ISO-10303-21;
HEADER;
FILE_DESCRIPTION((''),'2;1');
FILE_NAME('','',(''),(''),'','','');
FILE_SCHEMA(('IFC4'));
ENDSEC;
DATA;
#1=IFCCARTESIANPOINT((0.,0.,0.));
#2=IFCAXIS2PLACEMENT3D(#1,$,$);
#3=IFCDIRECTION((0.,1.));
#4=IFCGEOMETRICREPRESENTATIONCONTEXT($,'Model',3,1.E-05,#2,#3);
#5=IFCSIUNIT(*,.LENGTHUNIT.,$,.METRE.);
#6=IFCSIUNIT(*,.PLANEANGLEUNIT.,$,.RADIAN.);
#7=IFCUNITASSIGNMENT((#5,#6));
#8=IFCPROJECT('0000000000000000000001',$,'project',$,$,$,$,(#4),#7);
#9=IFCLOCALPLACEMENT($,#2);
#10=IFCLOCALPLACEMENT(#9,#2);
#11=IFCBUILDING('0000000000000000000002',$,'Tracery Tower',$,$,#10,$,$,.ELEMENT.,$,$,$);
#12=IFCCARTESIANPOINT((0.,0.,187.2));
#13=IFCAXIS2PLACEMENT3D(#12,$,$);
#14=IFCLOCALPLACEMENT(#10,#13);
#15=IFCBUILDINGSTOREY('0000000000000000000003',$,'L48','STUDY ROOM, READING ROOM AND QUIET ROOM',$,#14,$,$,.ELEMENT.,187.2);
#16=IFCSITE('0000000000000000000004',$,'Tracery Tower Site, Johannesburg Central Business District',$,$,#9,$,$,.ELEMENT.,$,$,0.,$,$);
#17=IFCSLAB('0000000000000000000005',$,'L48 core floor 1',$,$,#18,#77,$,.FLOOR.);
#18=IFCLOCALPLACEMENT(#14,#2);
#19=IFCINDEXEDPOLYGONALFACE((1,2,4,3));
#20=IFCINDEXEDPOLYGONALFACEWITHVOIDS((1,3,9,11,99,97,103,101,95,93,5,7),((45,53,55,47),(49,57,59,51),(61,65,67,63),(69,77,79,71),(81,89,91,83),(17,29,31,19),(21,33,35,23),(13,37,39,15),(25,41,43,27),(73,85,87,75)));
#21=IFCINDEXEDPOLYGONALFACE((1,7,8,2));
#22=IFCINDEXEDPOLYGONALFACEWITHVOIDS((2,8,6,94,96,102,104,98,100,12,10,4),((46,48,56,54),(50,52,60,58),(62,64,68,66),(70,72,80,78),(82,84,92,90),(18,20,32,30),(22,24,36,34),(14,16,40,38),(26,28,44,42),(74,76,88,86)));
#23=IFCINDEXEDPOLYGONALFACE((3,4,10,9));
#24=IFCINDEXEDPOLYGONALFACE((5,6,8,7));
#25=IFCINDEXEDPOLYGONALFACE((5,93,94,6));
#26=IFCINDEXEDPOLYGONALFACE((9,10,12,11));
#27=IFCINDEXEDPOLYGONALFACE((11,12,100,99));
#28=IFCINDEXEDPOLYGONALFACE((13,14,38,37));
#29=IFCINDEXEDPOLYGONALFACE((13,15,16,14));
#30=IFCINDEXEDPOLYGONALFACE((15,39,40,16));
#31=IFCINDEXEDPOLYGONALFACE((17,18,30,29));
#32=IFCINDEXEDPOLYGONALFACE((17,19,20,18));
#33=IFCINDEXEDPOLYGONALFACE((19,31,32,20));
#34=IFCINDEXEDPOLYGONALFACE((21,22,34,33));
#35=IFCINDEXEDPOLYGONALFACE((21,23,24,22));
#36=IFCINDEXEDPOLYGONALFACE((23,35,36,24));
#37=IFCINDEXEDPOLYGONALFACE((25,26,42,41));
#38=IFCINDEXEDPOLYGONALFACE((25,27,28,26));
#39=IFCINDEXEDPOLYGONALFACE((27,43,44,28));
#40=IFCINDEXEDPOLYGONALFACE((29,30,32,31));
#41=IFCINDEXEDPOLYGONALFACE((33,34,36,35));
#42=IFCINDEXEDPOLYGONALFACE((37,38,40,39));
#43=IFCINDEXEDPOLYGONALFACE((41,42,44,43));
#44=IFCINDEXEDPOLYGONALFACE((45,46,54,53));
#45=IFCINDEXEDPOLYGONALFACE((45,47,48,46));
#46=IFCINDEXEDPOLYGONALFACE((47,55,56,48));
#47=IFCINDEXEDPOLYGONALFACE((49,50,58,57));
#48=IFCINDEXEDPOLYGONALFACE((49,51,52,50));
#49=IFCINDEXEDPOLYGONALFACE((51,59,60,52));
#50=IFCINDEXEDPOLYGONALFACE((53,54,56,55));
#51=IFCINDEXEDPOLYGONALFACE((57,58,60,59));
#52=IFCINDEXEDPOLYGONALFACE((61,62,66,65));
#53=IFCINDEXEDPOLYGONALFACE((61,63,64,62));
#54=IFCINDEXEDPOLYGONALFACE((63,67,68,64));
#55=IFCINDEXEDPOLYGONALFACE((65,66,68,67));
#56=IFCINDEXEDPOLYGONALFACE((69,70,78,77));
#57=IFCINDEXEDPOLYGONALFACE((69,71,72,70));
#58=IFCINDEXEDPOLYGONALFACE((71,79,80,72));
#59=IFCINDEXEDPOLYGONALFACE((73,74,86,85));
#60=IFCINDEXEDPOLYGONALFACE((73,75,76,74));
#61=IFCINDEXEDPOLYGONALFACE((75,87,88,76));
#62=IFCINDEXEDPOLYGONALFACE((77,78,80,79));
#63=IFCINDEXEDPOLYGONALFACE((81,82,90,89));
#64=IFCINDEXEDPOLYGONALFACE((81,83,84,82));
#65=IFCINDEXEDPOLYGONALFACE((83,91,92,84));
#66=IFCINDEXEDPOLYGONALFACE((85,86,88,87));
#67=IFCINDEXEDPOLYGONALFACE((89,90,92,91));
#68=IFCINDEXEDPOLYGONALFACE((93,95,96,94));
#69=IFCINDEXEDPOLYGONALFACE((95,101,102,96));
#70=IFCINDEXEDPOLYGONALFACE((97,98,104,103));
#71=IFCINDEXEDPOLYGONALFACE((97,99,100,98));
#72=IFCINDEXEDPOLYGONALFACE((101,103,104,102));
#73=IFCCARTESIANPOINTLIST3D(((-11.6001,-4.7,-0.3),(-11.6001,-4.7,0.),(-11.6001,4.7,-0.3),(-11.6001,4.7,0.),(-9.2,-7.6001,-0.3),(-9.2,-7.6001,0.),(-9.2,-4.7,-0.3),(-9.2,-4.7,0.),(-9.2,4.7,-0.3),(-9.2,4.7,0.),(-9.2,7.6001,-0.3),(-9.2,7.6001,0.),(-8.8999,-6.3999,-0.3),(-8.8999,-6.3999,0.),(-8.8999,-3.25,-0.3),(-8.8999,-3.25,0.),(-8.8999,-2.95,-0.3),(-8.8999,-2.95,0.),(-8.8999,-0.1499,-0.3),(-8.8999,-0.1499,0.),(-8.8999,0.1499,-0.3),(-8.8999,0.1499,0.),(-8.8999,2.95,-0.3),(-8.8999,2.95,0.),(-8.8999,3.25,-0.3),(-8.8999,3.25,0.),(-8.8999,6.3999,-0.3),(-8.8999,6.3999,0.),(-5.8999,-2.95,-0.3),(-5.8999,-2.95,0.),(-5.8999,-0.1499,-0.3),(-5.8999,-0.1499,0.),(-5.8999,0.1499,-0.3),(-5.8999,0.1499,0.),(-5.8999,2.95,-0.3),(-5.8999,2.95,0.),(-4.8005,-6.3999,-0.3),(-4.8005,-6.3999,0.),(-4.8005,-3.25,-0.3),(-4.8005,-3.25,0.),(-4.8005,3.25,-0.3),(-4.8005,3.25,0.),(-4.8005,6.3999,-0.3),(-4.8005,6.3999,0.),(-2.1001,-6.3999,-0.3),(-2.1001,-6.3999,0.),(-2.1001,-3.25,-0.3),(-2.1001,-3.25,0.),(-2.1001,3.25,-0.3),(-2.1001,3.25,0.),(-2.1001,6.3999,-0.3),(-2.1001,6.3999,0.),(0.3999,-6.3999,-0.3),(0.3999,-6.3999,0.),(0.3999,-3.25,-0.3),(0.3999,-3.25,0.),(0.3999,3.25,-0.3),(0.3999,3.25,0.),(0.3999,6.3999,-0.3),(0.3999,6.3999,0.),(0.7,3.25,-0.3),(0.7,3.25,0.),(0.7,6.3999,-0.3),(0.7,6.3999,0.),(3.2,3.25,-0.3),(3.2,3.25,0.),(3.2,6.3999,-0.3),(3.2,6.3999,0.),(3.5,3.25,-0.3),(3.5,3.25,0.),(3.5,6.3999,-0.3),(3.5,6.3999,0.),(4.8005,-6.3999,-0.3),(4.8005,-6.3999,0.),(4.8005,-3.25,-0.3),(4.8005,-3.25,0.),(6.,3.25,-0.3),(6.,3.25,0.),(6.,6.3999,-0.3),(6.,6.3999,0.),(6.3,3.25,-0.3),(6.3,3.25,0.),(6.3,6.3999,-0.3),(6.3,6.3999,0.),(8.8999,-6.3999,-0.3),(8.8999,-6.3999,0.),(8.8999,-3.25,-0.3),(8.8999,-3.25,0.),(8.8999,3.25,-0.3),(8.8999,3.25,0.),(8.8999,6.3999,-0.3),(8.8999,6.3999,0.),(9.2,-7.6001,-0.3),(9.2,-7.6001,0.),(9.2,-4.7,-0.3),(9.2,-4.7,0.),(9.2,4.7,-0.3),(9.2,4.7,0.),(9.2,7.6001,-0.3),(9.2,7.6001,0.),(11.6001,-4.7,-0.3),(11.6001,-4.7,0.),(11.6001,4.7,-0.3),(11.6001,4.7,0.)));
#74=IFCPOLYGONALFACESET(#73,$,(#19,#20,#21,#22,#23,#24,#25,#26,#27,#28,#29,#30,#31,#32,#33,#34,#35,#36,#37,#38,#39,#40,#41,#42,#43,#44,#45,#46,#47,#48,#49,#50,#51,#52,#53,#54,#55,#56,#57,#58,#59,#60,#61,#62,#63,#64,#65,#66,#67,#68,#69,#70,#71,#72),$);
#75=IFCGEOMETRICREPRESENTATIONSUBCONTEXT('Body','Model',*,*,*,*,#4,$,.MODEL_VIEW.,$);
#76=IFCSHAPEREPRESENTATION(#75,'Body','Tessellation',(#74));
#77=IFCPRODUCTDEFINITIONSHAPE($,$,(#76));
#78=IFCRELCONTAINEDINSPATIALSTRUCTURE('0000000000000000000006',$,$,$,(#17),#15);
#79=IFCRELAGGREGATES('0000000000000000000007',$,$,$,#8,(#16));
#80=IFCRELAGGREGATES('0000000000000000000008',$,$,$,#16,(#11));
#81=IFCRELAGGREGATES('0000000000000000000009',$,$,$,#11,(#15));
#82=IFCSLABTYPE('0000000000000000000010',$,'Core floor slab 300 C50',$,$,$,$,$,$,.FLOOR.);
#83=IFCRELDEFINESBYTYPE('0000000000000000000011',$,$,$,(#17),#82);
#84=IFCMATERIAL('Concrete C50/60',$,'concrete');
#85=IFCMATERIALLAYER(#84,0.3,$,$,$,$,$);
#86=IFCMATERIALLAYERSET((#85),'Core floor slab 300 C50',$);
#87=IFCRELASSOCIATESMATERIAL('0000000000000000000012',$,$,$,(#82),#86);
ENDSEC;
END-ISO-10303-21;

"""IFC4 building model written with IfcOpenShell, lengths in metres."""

from ifc_helpers import new_model, si_unit, direction, frame, origin, place, context, subcontext, project, spatial, polyline, outline, extrude, material, layer, layer_set, type_object, element, save


model = new_model("IFC4")

# Units and contexts
model_context = context("Model", 3, precision=1e-05, world=origin(), true_north=direction((0.0, 1.0)))
body_context = subcontext(model_context, "Body", "Model", "MODEL_VIEW")
ifc_project = project(units=[si_unit("LENGTHUNIT", "METRE"), si_unit("PLANEANGLEUNIT", "RADIAN")], contexts=[model_context])

# Site, building, storey
site_placement = place(None, origin())
site = spatial("IfcSite", under=ifc_project, at=site_placement, Name="Tracery Tower Site, Johannesburg Central Business District", CompositionType="ELEMENT", RefElevation=0.0)
building_placement = place(site_placement, origin())
building = spatial("IfcBuilding", under=site, at=building_placement, Name="Tracery Tower", CompositionType="ELEMENT")
storey_placement = place(building_placement, frame((0.0, 0.0, 187.2)))
storey = spatial("IfcBuildingStorey", under=building, at=storey_placement, Name="L48", Description="STUDY ROOM, READING ROOM AND QUIET ROOM", CompositionType="ELEMENT", Elevation=187.2)

# Slab
ifc_material_1 = material(Name="Concrete C50/60", Category="concrete")
ifc_layer_1 = layer(ifc_material_1, 0.3)
ifc_layer_set_1 = layer_set([ifc_layer_1], Name="Core floor slab 300 C50")
slab_type_1 = type_object("IfcSlabType", Name="Core floor slab 300 C50", PredefinedType="FLOOR", material=ifc_layer_set_1)
slab_1_placement = place(storey_placement, frame((0.0, 0.0, -0.3)))
element("IfcSlab", 1, at=slab_1_placement, inside=storey, type_object=slab_type_1, Name="L48 core floor 1", PredefinedType="FLOOR", context=body_context, shape_type="SweptSolid", body=[
    extrude(outline(polyline([(-9.2, 7.6001), (9.2, 7.6001), (9.2, 4.7), (11.6001, 4.7), (11.6001, -4.7), (9.2, -4.7), (9.2, -7.6001), (-9.2, -7.6001), (-9.2, -4.7), (-11.6001, -4.7), (-11.6001, 4.7), (-9.2, 4.7), (-9.2, 7.6001)]), holes=[polyline([(4.8005, -6.3999), (8.8999, -6.3999), (8.8999, -3.25), (4.8005, -3.25), (4.8005, -6.3999)]), polyline([(8.8999, 3.25), (8.8999, 6.3999), (6.3, 6.3999), (6.3, 3.25), (8.8999, 3.25)]), polyline([(6.0, 3.25), (6.0, 6.3999), (3.5, 6.3999), (3.5, 3.25), (6.0, 3.25)]), polyline([(3.2, 3.25), (3.2, 6.3999), (0.7, 6.3999), (0.7, 3.25), (3.2, 3.25)]), polyline([(-2.1001, 3.25), (0.3999, 3.25), (0.3999, 6.3999), (-2.1001, 6.3999), (-2.1001, 3.25)]), polyline([(0.3999, -6.3999), (0.3999, -3.25), (-2.1001, -3.25), (-2.1001, -6.3999), (0.3999, -6.3999)]), polyline([(-4.8005, -3.25), (-8.8999, -3.25), (-8.8999, -6.3999), (-4.8005, -6.3999), (-4.8005, -3.25)]), polyline([(-4.8005, 6.3999), (-8.8999, 6.3999), (-8.8999, 3.25), (-4.8005, 3.25), (-4.8005, 6.3999)]), polyline([(-5.8999, -2.95), (-5.8999, -0.1499), (-8.8999, -0.1499), (-8.8999, -2.95), (-5.8999, -2.95)]), polyline([(-5.8999, 0.1499), (-5.8999, 2.95), (-8.8999, 2.95), (-8.8999, 0.1499), (-5.8999, 0.1499)])]), origin(), (0.0, 0.0, 1.0), 0.3),
])

save(model, "model.ifc")
